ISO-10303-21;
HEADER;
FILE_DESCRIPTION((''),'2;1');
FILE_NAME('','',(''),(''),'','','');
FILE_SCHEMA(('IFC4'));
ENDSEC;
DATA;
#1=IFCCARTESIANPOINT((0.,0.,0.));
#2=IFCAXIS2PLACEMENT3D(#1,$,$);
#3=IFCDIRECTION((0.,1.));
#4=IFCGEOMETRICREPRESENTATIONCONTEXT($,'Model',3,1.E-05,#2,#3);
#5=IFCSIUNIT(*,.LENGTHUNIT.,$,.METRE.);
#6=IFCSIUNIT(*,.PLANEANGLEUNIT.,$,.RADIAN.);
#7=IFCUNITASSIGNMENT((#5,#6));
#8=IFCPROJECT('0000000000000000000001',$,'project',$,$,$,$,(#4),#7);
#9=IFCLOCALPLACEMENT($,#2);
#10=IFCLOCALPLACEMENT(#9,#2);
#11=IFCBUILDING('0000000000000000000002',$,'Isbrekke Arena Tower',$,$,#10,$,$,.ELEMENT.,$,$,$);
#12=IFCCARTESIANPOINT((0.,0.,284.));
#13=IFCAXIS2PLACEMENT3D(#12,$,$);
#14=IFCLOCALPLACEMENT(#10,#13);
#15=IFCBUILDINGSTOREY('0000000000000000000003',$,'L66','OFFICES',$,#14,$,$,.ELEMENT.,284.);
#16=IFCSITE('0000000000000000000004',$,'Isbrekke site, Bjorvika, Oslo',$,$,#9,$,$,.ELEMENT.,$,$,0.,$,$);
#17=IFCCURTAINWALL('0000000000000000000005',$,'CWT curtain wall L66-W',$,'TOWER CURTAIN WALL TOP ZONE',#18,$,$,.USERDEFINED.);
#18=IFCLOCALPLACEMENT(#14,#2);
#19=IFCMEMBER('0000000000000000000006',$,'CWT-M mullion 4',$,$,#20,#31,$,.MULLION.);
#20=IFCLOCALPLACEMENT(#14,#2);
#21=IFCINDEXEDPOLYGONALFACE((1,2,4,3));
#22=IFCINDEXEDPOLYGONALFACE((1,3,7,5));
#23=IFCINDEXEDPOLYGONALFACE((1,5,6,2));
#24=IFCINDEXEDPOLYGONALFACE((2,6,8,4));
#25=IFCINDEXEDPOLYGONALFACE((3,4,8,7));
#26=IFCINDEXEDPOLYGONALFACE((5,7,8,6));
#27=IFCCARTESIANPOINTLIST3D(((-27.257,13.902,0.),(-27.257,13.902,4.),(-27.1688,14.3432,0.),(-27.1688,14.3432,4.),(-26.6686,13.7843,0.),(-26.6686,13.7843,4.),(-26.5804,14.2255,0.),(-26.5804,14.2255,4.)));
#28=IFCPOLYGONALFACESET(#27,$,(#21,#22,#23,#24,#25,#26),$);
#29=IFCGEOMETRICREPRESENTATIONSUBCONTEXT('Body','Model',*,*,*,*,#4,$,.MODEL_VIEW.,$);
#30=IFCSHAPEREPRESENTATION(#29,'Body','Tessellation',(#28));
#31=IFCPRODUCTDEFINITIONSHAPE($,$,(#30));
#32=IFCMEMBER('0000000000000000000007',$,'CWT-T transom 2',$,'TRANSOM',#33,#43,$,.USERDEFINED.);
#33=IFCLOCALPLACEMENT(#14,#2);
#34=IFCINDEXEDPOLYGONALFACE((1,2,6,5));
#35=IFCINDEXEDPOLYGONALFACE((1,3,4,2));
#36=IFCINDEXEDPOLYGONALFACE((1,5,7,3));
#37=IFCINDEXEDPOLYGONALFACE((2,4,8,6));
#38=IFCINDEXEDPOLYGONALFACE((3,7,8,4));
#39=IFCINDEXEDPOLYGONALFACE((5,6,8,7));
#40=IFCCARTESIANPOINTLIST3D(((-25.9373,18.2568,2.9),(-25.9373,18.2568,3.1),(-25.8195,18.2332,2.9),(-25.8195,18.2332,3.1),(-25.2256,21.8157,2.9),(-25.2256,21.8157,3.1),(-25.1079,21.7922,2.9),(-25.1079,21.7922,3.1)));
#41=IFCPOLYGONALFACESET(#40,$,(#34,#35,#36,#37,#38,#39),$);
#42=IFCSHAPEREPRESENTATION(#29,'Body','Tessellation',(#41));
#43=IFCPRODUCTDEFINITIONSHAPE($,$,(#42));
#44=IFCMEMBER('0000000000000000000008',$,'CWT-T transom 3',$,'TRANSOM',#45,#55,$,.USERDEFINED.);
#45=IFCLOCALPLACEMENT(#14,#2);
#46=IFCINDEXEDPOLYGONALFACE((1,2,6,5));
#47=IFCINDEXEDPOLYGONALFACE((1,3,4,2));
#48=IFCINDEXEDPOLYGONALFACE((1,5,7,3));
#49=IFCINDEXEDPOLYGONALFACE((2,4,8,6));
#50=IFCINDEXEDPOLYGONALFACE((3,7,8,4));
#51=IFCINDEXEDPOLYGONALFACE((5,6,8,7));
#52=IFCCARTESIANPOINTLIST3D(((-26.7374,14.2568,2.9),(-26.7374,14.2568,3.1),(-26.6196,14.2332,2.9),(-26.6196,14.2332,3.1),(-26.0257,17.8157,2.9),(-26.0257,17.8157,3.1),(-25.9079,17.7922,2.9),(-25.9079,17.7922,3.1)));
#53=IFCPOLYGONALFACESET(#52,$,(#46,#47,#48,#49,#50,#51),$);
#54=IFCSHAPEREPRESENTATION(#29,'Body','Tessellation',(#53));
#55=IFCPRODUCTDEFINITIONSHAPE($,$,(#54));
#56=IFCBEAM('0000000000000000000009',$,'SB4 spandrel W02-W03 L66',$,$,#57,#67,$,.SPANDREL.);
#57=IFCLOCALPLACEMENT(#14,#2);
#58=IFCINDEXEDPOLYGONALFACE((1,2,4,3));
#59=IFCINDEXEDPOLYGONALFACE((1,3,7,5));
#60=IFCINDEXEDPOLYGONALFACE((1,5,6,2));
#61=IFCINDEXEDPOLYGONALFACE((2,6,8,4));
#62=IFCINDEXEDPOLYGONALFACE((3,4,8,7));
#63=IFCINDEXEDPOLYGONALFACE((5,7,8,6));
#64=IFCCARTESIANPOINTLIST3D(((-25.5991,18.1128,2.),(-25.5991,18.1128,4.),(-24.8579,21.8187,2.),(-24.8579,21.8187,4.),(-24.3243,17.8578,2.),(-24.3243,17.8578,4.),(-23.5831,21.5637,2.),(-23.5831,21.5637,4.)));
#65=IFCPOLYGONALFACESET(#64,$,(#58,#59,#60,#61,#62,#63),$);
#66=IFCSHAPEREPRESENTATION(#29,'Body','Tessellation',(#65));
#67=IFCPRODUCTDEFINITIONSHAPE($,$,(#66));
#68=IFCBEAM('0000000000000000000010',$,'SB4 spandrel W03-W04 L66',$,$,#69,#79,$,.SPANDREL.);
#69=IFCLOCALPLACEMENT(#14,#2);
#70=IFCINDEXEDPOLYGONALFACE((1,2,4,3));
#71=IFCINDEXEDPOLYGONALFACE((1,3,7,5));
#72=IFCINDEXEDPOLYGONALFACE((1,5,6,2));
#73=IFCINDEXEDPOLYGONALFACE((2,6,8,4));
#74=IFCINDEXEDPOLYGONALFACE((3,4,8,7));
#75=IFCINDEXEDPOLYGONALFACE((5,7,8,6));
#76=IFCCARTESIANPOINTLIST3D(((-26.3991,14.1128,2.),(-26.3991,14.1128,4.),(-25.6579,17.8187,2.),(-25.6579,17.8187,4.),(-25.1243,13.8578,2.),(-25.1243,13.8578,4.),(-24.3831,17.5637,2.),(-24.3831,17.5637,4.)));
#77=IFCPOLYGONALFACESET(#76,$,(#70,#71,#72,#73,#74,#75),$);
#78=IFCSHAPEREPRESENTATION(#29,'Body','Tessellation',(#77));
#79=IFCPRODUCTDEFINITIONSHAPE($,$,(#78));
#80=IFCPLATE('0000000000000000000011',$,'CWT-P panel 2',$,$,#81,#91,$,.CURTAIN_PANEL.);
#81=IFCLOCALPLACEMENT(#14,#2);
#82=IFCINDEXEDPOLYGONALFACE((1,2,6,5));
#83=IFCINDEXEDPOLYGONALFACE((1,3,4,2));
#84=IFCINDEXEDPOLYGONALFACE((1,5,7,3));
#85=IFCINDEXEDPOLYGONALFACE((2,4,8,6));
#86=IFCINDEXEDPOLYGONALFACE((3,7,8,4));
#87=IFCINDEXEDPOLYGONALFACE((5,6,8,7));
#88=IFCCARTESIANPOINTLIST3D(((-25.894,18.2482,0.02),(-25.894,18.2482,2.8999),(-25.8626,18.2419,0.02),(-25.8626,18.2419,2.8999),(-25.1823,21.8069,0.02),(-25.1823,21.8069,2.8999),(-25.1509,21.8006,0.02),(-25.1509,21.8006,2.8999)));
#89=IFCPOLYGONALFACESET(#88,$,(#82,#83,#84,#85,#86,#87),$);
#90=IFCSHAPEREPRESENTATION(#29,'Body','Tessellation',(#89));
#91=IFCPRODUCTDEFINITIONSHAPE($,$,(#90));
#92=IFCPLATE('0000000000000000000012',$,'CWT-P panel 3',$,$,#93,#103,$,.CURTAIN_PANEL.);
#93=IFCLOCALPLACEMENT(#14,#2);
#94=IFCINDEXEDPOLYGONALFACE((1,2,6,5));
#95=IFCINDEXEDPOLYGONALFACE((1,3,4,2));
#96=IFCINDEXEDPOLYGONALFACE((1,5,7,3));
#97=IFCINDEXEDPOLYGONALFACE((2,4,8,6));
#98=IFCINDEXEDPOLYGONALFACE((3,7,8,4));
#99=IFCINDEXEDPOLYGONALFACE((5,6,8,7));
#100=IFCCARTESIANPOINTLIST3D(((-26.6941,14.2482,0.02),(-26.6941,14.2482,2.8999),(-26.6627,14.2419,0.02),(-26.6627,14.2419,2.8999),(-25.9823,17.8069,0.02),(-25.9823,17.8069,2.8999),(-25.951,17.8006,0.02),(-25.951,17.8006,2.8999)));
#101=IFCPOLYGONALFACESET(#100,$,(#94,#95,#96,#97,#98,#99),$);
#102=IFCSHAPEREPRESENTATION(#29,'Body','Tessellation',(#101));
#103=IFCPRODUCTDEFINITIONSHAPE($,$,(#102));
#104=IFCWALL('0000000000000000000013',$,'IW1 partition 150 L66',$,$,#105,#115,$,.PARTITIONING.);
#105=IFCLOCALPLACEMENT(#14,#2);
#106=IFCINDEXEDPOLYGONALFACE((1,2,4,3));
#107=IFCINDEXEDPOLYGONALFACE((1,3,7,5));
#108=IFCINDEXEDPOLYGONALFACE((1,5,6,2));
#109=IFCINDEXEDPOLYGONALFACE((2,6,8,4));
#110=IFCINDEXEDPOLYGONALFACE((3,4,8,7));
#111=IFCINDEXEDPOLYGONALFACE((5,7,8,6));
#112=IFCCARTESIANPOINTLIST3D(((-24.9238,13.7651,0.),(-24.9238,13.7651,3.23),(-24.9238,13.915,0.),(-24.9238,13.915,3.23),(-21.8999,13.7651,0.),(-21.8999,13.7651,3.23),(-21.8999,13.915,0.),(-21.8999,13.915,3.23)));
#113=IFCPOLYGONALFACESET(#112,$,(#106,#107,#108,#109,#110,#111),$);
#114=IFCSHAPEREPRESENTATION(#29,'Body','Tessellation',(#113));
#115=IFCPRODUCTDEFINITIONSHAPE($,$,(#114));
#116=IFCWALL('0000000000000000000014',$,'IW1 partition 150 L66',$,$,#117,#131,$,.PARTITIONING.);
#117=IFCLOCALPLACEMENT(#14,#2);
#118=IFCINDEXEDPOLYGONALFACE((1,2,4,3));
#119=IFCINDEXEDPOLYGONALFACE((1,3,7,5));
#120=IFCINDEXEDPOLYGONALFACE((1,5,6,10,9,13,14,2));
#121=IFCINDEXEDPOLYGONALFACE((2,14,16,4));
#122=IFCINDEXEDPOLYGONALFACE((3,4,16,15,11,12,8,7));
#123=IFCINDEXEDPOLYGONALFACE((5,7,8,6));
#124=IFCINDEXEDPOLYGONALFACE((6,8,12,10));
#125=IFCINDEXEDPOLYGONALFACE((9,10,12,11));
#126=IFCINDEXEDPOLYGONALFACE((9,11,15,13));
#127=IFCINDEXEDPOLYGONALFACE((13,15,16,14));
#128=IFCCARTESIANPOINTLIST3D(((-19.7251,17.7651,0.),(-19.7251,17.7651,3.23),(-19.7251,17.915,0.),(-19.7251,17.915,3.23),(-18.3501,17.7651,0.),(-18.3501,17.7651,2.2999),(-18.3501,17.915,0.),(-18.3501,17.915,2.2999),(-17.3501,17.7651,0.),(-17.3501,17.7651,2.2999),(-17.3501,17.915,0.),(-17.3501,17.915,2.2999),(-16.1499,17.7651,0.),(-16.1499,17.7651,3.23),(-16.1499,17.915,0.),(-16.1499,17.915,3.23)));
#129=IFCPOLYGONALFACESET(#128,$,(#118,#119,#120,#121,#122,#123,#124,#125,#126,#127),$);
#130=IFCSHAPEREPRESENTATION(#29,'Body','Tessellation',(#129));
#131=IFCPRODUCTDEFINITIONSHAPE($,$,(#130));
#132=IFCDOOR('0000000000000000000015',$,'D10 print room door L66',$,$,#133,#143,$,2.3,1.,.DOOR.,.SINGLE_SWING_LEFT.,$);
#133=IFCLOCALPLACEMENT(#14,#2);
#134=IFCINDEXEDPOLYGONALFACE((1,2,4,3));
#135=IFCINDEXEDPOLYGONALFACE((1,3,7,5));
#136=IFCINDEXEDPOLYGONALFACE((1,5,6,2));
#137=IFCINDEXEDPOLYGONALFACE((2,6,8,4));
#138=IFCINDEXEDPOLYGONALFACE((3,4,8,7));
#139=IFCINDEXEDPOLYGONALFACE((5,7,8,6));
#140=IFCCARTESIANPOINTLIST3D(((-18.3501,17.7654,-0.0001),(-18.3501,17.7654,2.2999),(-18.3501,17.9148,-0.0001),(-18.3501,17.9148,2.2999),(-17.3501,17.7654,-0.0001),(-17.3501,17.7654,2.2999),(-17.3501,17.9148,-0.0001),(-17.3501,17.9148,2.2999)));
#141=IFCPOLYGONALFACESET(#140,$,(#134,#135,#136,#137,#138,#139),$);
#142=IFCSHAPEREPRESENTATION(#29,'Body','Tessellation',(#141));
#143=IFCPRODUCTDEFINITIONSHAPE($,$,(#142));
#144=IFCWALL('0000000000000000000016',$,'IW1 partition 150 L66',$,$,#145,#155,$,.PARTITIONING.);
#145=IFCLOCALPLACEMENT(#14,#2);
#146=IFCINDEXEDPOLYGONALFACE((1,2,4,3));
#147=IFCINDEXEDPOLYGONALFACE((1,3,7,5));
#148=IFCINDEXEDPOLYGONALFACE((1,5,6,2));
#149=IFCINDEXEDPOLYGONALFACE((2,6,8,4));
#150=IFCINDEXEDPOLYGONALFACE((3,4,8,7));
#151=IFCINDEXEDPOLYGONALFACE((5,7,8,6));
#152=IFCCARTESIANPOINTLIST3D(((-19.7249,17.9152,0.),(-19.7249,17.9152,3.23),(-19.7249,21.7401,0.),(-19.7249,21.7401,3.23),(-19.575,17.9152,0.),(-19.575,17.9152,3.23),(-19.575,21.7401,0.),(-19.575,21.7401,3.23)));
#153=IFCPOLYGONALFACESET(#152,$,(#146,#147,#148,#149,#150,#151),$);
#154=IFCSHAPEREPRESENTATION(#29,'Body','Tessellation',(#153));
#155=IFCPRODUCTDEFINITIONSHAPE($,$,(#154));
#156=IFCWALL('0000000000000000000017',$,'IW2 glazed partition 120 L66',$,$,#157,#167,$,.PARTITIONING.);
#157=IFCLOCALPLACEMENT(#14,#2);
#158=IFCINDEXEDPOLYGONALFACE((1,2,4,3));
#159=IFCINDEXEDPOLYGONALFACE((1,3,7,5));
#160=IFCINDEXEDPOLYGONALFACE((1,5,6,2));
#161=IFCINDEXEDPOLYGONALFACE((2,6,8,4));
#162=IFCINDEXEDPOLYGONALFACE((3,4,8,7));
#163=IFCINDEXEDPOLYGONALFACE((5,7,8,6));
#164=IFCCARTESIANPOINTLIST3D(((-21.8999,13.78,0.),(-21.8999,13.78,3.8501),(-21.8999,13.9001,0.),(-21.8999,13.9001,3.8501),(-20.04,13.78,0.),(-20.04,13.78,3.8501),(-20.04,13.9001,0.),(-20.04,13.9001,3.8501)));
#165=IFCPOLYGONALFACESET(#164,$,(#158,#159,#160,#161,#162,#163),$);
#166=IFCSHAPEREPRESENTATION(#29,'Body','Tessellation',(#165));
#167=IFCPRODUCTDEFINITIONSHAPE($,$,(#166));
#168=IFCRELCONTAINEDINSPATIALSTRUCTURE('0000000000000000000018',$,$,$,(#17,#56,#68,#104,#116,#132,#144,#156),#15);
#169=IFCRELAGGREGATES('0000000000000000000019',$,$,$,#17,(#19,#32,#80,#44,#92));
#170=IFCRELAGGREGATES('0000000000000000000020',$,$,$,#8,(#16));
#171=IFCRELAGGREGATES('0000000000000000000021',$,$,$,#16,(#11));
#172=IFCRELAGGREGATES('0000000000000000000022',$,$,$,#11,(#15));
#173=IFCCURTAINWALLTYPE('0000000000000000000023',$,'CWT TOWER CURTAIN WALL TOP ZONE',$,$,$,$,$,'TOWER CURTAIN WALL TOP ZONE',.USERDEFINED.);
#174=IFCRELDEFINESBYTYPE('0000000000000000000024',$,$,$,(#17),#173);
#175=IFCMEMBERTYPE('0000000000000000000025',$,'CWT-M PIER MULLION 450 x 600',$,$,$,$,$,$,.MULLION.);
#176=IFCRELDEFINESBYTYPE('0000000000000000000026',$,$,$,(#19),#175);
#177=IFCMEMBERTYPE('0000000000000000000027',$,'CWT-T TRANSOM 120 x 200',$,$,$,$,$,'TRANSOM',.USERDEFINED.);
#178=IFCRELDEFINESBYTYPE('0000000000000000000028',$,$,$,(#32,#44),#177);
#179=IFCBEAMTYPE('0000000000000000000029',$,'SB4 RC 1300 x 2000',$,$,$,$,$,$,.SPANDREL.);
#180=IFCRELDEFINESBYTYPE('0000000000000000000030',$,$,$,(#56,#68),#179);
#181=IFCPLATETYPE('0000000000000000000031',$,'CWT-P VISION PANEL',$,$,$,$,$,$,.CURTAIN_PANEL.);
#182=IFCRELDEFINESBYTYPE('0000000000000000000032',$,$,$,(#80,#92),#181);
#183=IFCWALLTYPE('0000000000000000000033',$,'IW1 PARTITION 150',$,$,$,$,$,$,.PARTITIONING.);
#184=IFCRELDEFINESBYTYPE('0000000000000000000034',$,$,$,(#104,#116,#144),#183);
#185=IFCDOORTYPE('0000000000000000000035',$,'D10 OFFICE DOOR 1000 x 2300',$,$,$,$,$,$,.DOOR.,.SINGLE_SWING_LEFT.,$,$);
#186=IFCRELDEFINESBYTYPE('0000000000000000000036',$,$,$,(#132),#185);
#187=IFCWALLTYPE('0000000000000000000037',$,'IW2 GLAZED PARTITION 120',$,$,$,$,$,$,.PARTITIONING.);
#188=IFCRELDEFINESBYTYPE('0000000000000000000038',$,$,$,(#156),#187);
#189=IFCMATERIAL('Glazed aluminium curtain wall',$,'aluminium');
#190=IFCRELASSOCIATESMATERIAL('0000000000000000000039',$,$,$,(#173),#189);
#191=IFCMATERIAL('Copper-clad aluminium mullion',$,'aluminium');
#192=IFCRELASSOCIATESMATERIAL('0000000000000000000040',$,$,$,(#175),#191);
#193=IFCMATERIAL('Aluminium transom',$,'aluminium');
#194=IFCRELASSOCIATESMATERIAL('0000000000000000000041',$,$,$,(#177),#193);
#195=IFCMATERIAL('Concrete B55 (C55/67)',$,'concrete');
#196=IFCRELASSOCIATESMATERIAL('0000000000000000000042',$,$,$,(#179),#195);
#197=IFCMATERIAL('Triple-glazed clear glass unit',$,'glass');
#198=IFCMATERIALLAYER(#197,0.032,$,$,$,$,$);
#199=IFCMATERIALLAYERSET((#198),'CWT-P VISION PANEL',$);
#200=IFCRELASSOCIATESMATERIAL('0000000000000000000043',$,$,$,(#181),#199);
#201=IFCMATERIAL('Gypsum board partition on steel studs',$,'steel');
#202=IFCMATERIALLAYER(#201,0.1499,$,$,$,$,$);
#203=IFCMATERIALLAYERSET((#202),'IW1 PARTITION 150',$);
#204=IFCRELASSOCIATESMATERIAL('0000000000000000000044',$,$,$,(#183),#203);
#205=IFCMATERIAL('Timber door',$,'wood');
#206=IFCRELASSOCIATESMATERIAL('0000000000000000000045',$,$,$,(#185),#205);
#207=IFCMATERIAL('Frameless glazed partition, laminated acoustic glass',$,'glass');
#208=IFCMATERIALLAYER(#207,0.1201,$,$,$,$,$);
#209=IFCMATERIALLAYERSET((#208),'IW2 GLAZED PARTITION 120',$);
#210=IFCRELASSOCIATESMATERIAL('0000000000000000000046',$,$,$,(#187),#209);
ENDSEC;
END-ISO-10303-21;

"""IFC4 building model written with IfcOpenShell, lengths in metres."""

from ifc_helpers import new_model, si_unit, direction, frame, frame_2d, origin, origin_2d, place, context, subcontext, project, spatial, rectangle, extrude, material, layer, layer_set, material_profile, profile_set, type_object, element, fill, aggregate, save


model = new_model("IFC4")

# Units and contexts
model_context = context("Model", 3, precision=1e-05, world=origin(), true_north=direction((0.0, 1.0)))
body_context = subcontext(model_context, "Body", "Model", "MODEL_VIEW")
ifc_project = project(units=[si_unit("LENGTHUNIT", "METRE"), si_unit("PLANEANGLEUNIT", "RADIAN")], contexts=[model_context])

# Site, building, storey
site_placement = place(None, origin())
site = spatial("IfcSite", under=ifc_project, at=site_placement, Name="Isbrekke site, Bjorvika, Oslo", CompositionType="ELEMENT", RefElevation=0.0)
building_placement = place(site_placement, origin())
building = spatial("IfcBuilding", under=site, at=building_placement, Name="Isbrekke Arena Tower", CompositionType="ELEMENT")
storey_placement = place(building_placement, frame((0.0, 0.0, 284.0)))
storey = spatial("IfcBuildingStorey", under=building, at=storey_placement, Name="L66", Description="OFFICES", CompositionType="ELEMENT", Elevation=284.0)

# Curtain wall, members
ifc_material_1 = material(Name="Glazed aluminium curtain wall", Category="aluminium")
curtain_wall_type = type_object("IfcCurtainWallType", Name="CWT TOWER CURTAIN WALL TOP ZONE", ElementType="TOWER CURTAIN WALL TOP ZONE", PredefinedType="USERDEFINED", material=ifc_material_1)
curtain_wall_placement = place(storey_placement, origin())
curtain_wall = element("IfcCurtainWall", 1, at=curtain_wall_placement, inside=storey, type_object=curtain_wall_type, Name="CWT curtain wall L66-W", ObjectType="TOWER CURTAIN WALL TOP ZONE", PredefinedType="USERDEFINED")
ifc_material_2 = material(Name="Copper-clad aluminium mullion", Category="aluminium")
ifc_material_profile_1 = material_profile(ifc_material_2, rectangle(XDim=0.45, YDim=0.6001, at=origin_2d()), Name="PIER 450X600")
ifc_profile_set_1 = profile_set([ifc_material_profile_1], Name="Copper-clad aluminium mullion")
member_type_1 = type_object("IfcMemberType", Name="CWT-M PIER MULLION 450 x 600", PredefinedType="MULLION", material=ifc_profile_set_1)
member_1_placement = place(storey_placement, frame((-26.9187, 14.0637, 0.0), z_axis=(0.0, 0.0, 1.0), x_axis=(-0.196116, -0.980581, 0.0)))
member_1 = element("IfcMember", 2, at=member_1_placement, type_object=member_type_1, Name="CWT-M mullion 4", PredefinedType="MULLION", context=body_context, shape_type="SweptSolid", body=[
    extrude(rectangle(XDim=0.45, YDim=0.6001, at=origin_2d()), origin(), (0.0, 0.0, 1.0), 4.0),
])
ifc_material_3 = material(Name="Aluminium transom", Category="aluminium")
ifc_material_profile_2 = material_profile(ifc_material_3, rectangle(XDim=0.1201, YDim=0.2, at=origin_2d()), Name="TRANSOM 120X200")
ifc_profile_set_2 = profile_set([ifc_material_profile_2], Name="Aluminium transom")
member_type_2 = type_object("IfcMemberType", Name="CWT-T TRANSOM 120 x 200", ElementType="TRANSOM", PredefinedType="USERDEFINED", material=ifc_profile_set_2)
member_2_placement = place(storey_placement, frame((-25.1667, 21.804, 3.0), z_axis=(-0.19609, -0.980586, 0.0), x_axis=(0.980586, -0.19609, 0.0)))
member_2 = element("IfcMember", 3, at=member_2_placement, type_object=member_type_2, Name="CWT-T transom 2", ObjectType="TRANSOM", PredefinedType="USERDEFINED", context=body_context, shape_type="SweptSolid", body=[
    extrude(rectangle(XDim=0.1201, YDim=0.2, at=origin_2d()), origin(), (0.0, 0.0, 1.0), 3.6294),
])
member_3_placement = place(storey_placement, frame((-25.9668, 17.804, 3.0), z_axis=(-0.19609, -0.980586, 0.0), x_axis=(0.980586, -0.19609, 0.0)))
member_3 = element("IfcMember", 4, at=member_3_placement, type_object=member_type_2, Name="CWT-T transom 3", ObjectType="TRANSOM", PredefinedType="USERDEFINED", context=body_context, shape_type="SweptSolid", body=[
    extrude(rectangle(XDim=0.1201, YDim=0.2, at=origin_2d()), origin(), (0.0, 0.0, 1.0), 3.6294),
])

# Beams
ifc_material_4 = material(Name="Concrete B55 (C55/67)", Category="concrete")
ifc_material_profile_3 = material_profile(ifc_material_4, rectangle(XDim=1.3, YDim=2.0, at=origin_2d()), Name="RC 1300x2000")
ifc_profile_set_3 = profile_set([ifc_material_profile_3], Name="Concrete B55 (C55/67)")
beam_type_1 = type_object("IfcBeamType", Name="SB4 RC 1300 x 2000", PredefinedType="SPANDREL", material=ifc_profile_set_3)
for number, where, z_axis, x_axis, name in (
    (5, (-24.2205, 21.6912, 3.0), (-0.196129, -0.980578, 0.0), (0.980578, -0.196129, 0.0), "SB4 spandrel W02-W03 L66"),
    (6, (-25.0205, 17.6912, 3.0), (-0.196129, -0.980578, 0.0), (0.980578, -0.196129, 0.0), "SB4 spandrel W03-W04 L66"),
):
    element("IfcBeam", number, at=place(storey_placement, frame(where, z_axis=z_axis, x_axis=x_axis)), inside=storey, type_object=beam_type_1, Name=name, PredefinedType="SPANDREL", context=body_context, shape_type="SweptSolid", body=[
        extrude(rectangle(XDim=1.3, YDim=2.0, at=origin_2d()), origin(), (0.0, 0.0, 1.0), 3.7793),
    ])

# Plates
ifc_material_5 = material(Name="Triple-glazed clear glass unit", Category="glass")
ifc_layer_1 = layer(ifc_material_5, 0.032)
ifc_layer_set_1 = layer_set([ifc_layer_1], Name="CWT-P VISION PANEL")
plate_type = type_object("IfcPlateType", Name="CWT-P VISION PANEL", PredefinedType="CURTAIN_PANEL", material=ifc_layer_set_1)
plate_1_placement = place(storey_placement, frame((-25.5225, 20.0244, 0.02), z_axis=(0.0, 0.0, 1.0), x_axis=(-0.196116, -0.980581, 0.0)))
plate_1 = element("IfcPlate", 7, at=plate_1_placement, type_object=plate_type, Name="CWT-P panel 2", PredefinedType="CURTAIN_PANEL", context=body_context, shape_type="SweptSolid", body=[
    extrude(rectangle(XDim=3.6292, YDim=0.032, at=origin_2d()), origin(), (0.0, 0.0, 1.0), 2.8799),
])
plate_2_placement = place(storey_placement, frame((-26.3225, 16.0244, 0.02), z_axis=(0.0, 0.0, 1.0), x_axis=(-0.196116, -0.980581, 0.0)))
plate_2 = element("IfcPlate", 8, at=plate_2_placement, type_object=plate_type, Name="CWT-P panel 3", PredefinedType="CURTAIN_PANEL", context=body_context, shape_type="SweptSolid", body=[
    extrude(rectangle(XDim=3.6292, YDim=0.032, at=origin_2d()), origin(), (0.0, 0.0, 1.0), 2.8799),
])
aggregate(curtain_wall, [member_1, member_2, plate_1, member_3, plate_2])

# Wall
ifc_material_6 = material(Name="Gypsum board partition on steel studs", Category="steel")
ifc_layer_2 = layer(ifc_material_6, 0.1499)
ifc_layer_set_2 = layer_set([ifc_layer_2], Name="IW1 PARTITION 150")
wall_type_1 = type_object("IfcWallType", Name="IW1 PARTITION 150", PredefinedType="PARTITIONING", material=ifc_layer_set_2)
wall_1_placement = place(storey_placement, frame((-24.9238, 13.8401, 0.0), z_axis=(0.0, 0.0, 1.0), x_axis=(1.0, 0.0, 0.0)))
element("IfcWall", 9, at=wall_1_placement, inside=storey, type_object=wall_type_1, Name="IW1 partition 150 L66", PredefinedType="PARTITIONING", context=body_context, shape_type="SweptSolid", body=[
    extrude(rectangle(XDim=3.0239, YDim=0.1499, at=frame_2d((1.512, 0.0))), origin(), (0.0, 0.0, 1.0), 3.23),
])

# Wall, opening, door
wall_2_placement = place(storey_placement, frame((-19.7251, 17.8401, 0.0), z_axis=(0.0, 0.0, 1.0), x_axis=(1.0, 0.0, 0.0)))
wall_2 = element("IfcWall", 10, at=wall_2_placement, inside=storey, type_object=wall_type_1, Name="IW1 partition 150 L66", PredefinedType="PARTITIONING", context=body_context, shape_type="SweptSolid", body=[
    extrude(rectangle(XDim=3.5752, YDim=0.1499, at=frame_2d((1.7876, 0.0))), origin(), (0.0, 0.0, 1.0), 3.23),
])
opening_1_placement = place(wall_2_placement, frame((1.375, 0.0, 0.0)))
opening_1 = element("IfcOpeningElement", 11, at=opening_1_placement, cuts=wall_2, PredefinedType="OPENING", context=body_context, shape_type="SweptSolid", body=[
    extrude(rectangle(XDim=1.0, YDim=2.3, at=frame_2d((0.5, 1.1499))), frame((0.0, 0.0898, 0.0), z_axis=(0.0, -1.0, 0.0), x_axis=(1.0, 0.0, 0.0)), (0.0, 0.0, 1.0), 0.1797),
])
ifc_material_7 = material(Name="Timber door", Category="wood")
door_type_1 = type_object("IfcDoorType", Name="D10 OFFICE DOOR 1000 x 2300", OperationType="SINGLE_SWING_LEFT", PredefinedType="DOOR", material=ifc_material_7)
door_1_placement = place(opening_1_placement, origin())
door_1 = element("IfcDoor", 12, at=door_1_placement, inside=storey, type_object=door_type_1, Name="D10 print room door L66", OperationType="SINGLE_SWING_LEFT", OverallHeight=2.3, OverallWidth=1.0, PredefinedType="DOOR", context=body_context, shape_type="SweptSolid", body=[
    extrude(rectangle(XDim=1.0, YDim=2.3, at=frame_2d((0.5, 1.1499))), frame((0.0, 0.0747, 0.0), z_axis=(0.0, -1.0, 0.0), x_axis=(1.0, 0.0, 0.0)), (0.0, 0.0, 1.0), 0.1494),
])
fill(opening_1, door_1)

# Walls
wall_3_placement = place(storey_placement, frame((-19.6499, 17.915, 0.0), z_axis=(0.0, 0.0, 1.0), x_axis=(0.0, 1.0, 0.0)))
element("IfcWall", 13, at=wall_3_placement, inside=storey, type_object=wall_type_1, Name="IW1 partition 150 L66", PredefinedType="PARTITIONING", context=body_context, shape_type="SweptSolid", body=[
    extrude(rectangle(XDim=3.825, YDim=0.1499, at=frame_2d((1.9126, 0.0))), origin(), (0.0, 0.0, 1.0), 3.23),
])
ifc_material_8 = material(Name="Frameless glazed partition, laminated acoustic glass", Category="glass")
ifc_layer_3 = layer(ifc_material_8, 0.1201)
ifc_layer_set_3 = layer_set([ifc_layer_3], Name="IW2 GLAZED PARTITION 120")
wall_type_2 = type_object("IfcWallType", Name="IW2 GLAZED PARTITION 120", PredefinedType="PARTITIONING", material=ifc_layer_set_3)
wall_4_placement = place(storey_placement, frame((-21.8999, 13.8401, 0.0), z_axis=(0.0, 0.0, 1.0), x_axis=(1.0, 0.0, 0.0)))
element("IfcWall", 14, at=wall_4_placement, inside=storey, type_object=wall_type_2, Name="IW2 glazed partition 120 L66", PredefinedType="PARTITIONING", context=body_context, shape_type="SweptSolid", body=[
    extrude(rectangle(XDim=1.8599, YDim=0.1201, at=frame_2d((0.9299, 0.0))), origin(), (0.0, 0.0, 1.0), 3.8501),
])

save(model, "model.ifc")
